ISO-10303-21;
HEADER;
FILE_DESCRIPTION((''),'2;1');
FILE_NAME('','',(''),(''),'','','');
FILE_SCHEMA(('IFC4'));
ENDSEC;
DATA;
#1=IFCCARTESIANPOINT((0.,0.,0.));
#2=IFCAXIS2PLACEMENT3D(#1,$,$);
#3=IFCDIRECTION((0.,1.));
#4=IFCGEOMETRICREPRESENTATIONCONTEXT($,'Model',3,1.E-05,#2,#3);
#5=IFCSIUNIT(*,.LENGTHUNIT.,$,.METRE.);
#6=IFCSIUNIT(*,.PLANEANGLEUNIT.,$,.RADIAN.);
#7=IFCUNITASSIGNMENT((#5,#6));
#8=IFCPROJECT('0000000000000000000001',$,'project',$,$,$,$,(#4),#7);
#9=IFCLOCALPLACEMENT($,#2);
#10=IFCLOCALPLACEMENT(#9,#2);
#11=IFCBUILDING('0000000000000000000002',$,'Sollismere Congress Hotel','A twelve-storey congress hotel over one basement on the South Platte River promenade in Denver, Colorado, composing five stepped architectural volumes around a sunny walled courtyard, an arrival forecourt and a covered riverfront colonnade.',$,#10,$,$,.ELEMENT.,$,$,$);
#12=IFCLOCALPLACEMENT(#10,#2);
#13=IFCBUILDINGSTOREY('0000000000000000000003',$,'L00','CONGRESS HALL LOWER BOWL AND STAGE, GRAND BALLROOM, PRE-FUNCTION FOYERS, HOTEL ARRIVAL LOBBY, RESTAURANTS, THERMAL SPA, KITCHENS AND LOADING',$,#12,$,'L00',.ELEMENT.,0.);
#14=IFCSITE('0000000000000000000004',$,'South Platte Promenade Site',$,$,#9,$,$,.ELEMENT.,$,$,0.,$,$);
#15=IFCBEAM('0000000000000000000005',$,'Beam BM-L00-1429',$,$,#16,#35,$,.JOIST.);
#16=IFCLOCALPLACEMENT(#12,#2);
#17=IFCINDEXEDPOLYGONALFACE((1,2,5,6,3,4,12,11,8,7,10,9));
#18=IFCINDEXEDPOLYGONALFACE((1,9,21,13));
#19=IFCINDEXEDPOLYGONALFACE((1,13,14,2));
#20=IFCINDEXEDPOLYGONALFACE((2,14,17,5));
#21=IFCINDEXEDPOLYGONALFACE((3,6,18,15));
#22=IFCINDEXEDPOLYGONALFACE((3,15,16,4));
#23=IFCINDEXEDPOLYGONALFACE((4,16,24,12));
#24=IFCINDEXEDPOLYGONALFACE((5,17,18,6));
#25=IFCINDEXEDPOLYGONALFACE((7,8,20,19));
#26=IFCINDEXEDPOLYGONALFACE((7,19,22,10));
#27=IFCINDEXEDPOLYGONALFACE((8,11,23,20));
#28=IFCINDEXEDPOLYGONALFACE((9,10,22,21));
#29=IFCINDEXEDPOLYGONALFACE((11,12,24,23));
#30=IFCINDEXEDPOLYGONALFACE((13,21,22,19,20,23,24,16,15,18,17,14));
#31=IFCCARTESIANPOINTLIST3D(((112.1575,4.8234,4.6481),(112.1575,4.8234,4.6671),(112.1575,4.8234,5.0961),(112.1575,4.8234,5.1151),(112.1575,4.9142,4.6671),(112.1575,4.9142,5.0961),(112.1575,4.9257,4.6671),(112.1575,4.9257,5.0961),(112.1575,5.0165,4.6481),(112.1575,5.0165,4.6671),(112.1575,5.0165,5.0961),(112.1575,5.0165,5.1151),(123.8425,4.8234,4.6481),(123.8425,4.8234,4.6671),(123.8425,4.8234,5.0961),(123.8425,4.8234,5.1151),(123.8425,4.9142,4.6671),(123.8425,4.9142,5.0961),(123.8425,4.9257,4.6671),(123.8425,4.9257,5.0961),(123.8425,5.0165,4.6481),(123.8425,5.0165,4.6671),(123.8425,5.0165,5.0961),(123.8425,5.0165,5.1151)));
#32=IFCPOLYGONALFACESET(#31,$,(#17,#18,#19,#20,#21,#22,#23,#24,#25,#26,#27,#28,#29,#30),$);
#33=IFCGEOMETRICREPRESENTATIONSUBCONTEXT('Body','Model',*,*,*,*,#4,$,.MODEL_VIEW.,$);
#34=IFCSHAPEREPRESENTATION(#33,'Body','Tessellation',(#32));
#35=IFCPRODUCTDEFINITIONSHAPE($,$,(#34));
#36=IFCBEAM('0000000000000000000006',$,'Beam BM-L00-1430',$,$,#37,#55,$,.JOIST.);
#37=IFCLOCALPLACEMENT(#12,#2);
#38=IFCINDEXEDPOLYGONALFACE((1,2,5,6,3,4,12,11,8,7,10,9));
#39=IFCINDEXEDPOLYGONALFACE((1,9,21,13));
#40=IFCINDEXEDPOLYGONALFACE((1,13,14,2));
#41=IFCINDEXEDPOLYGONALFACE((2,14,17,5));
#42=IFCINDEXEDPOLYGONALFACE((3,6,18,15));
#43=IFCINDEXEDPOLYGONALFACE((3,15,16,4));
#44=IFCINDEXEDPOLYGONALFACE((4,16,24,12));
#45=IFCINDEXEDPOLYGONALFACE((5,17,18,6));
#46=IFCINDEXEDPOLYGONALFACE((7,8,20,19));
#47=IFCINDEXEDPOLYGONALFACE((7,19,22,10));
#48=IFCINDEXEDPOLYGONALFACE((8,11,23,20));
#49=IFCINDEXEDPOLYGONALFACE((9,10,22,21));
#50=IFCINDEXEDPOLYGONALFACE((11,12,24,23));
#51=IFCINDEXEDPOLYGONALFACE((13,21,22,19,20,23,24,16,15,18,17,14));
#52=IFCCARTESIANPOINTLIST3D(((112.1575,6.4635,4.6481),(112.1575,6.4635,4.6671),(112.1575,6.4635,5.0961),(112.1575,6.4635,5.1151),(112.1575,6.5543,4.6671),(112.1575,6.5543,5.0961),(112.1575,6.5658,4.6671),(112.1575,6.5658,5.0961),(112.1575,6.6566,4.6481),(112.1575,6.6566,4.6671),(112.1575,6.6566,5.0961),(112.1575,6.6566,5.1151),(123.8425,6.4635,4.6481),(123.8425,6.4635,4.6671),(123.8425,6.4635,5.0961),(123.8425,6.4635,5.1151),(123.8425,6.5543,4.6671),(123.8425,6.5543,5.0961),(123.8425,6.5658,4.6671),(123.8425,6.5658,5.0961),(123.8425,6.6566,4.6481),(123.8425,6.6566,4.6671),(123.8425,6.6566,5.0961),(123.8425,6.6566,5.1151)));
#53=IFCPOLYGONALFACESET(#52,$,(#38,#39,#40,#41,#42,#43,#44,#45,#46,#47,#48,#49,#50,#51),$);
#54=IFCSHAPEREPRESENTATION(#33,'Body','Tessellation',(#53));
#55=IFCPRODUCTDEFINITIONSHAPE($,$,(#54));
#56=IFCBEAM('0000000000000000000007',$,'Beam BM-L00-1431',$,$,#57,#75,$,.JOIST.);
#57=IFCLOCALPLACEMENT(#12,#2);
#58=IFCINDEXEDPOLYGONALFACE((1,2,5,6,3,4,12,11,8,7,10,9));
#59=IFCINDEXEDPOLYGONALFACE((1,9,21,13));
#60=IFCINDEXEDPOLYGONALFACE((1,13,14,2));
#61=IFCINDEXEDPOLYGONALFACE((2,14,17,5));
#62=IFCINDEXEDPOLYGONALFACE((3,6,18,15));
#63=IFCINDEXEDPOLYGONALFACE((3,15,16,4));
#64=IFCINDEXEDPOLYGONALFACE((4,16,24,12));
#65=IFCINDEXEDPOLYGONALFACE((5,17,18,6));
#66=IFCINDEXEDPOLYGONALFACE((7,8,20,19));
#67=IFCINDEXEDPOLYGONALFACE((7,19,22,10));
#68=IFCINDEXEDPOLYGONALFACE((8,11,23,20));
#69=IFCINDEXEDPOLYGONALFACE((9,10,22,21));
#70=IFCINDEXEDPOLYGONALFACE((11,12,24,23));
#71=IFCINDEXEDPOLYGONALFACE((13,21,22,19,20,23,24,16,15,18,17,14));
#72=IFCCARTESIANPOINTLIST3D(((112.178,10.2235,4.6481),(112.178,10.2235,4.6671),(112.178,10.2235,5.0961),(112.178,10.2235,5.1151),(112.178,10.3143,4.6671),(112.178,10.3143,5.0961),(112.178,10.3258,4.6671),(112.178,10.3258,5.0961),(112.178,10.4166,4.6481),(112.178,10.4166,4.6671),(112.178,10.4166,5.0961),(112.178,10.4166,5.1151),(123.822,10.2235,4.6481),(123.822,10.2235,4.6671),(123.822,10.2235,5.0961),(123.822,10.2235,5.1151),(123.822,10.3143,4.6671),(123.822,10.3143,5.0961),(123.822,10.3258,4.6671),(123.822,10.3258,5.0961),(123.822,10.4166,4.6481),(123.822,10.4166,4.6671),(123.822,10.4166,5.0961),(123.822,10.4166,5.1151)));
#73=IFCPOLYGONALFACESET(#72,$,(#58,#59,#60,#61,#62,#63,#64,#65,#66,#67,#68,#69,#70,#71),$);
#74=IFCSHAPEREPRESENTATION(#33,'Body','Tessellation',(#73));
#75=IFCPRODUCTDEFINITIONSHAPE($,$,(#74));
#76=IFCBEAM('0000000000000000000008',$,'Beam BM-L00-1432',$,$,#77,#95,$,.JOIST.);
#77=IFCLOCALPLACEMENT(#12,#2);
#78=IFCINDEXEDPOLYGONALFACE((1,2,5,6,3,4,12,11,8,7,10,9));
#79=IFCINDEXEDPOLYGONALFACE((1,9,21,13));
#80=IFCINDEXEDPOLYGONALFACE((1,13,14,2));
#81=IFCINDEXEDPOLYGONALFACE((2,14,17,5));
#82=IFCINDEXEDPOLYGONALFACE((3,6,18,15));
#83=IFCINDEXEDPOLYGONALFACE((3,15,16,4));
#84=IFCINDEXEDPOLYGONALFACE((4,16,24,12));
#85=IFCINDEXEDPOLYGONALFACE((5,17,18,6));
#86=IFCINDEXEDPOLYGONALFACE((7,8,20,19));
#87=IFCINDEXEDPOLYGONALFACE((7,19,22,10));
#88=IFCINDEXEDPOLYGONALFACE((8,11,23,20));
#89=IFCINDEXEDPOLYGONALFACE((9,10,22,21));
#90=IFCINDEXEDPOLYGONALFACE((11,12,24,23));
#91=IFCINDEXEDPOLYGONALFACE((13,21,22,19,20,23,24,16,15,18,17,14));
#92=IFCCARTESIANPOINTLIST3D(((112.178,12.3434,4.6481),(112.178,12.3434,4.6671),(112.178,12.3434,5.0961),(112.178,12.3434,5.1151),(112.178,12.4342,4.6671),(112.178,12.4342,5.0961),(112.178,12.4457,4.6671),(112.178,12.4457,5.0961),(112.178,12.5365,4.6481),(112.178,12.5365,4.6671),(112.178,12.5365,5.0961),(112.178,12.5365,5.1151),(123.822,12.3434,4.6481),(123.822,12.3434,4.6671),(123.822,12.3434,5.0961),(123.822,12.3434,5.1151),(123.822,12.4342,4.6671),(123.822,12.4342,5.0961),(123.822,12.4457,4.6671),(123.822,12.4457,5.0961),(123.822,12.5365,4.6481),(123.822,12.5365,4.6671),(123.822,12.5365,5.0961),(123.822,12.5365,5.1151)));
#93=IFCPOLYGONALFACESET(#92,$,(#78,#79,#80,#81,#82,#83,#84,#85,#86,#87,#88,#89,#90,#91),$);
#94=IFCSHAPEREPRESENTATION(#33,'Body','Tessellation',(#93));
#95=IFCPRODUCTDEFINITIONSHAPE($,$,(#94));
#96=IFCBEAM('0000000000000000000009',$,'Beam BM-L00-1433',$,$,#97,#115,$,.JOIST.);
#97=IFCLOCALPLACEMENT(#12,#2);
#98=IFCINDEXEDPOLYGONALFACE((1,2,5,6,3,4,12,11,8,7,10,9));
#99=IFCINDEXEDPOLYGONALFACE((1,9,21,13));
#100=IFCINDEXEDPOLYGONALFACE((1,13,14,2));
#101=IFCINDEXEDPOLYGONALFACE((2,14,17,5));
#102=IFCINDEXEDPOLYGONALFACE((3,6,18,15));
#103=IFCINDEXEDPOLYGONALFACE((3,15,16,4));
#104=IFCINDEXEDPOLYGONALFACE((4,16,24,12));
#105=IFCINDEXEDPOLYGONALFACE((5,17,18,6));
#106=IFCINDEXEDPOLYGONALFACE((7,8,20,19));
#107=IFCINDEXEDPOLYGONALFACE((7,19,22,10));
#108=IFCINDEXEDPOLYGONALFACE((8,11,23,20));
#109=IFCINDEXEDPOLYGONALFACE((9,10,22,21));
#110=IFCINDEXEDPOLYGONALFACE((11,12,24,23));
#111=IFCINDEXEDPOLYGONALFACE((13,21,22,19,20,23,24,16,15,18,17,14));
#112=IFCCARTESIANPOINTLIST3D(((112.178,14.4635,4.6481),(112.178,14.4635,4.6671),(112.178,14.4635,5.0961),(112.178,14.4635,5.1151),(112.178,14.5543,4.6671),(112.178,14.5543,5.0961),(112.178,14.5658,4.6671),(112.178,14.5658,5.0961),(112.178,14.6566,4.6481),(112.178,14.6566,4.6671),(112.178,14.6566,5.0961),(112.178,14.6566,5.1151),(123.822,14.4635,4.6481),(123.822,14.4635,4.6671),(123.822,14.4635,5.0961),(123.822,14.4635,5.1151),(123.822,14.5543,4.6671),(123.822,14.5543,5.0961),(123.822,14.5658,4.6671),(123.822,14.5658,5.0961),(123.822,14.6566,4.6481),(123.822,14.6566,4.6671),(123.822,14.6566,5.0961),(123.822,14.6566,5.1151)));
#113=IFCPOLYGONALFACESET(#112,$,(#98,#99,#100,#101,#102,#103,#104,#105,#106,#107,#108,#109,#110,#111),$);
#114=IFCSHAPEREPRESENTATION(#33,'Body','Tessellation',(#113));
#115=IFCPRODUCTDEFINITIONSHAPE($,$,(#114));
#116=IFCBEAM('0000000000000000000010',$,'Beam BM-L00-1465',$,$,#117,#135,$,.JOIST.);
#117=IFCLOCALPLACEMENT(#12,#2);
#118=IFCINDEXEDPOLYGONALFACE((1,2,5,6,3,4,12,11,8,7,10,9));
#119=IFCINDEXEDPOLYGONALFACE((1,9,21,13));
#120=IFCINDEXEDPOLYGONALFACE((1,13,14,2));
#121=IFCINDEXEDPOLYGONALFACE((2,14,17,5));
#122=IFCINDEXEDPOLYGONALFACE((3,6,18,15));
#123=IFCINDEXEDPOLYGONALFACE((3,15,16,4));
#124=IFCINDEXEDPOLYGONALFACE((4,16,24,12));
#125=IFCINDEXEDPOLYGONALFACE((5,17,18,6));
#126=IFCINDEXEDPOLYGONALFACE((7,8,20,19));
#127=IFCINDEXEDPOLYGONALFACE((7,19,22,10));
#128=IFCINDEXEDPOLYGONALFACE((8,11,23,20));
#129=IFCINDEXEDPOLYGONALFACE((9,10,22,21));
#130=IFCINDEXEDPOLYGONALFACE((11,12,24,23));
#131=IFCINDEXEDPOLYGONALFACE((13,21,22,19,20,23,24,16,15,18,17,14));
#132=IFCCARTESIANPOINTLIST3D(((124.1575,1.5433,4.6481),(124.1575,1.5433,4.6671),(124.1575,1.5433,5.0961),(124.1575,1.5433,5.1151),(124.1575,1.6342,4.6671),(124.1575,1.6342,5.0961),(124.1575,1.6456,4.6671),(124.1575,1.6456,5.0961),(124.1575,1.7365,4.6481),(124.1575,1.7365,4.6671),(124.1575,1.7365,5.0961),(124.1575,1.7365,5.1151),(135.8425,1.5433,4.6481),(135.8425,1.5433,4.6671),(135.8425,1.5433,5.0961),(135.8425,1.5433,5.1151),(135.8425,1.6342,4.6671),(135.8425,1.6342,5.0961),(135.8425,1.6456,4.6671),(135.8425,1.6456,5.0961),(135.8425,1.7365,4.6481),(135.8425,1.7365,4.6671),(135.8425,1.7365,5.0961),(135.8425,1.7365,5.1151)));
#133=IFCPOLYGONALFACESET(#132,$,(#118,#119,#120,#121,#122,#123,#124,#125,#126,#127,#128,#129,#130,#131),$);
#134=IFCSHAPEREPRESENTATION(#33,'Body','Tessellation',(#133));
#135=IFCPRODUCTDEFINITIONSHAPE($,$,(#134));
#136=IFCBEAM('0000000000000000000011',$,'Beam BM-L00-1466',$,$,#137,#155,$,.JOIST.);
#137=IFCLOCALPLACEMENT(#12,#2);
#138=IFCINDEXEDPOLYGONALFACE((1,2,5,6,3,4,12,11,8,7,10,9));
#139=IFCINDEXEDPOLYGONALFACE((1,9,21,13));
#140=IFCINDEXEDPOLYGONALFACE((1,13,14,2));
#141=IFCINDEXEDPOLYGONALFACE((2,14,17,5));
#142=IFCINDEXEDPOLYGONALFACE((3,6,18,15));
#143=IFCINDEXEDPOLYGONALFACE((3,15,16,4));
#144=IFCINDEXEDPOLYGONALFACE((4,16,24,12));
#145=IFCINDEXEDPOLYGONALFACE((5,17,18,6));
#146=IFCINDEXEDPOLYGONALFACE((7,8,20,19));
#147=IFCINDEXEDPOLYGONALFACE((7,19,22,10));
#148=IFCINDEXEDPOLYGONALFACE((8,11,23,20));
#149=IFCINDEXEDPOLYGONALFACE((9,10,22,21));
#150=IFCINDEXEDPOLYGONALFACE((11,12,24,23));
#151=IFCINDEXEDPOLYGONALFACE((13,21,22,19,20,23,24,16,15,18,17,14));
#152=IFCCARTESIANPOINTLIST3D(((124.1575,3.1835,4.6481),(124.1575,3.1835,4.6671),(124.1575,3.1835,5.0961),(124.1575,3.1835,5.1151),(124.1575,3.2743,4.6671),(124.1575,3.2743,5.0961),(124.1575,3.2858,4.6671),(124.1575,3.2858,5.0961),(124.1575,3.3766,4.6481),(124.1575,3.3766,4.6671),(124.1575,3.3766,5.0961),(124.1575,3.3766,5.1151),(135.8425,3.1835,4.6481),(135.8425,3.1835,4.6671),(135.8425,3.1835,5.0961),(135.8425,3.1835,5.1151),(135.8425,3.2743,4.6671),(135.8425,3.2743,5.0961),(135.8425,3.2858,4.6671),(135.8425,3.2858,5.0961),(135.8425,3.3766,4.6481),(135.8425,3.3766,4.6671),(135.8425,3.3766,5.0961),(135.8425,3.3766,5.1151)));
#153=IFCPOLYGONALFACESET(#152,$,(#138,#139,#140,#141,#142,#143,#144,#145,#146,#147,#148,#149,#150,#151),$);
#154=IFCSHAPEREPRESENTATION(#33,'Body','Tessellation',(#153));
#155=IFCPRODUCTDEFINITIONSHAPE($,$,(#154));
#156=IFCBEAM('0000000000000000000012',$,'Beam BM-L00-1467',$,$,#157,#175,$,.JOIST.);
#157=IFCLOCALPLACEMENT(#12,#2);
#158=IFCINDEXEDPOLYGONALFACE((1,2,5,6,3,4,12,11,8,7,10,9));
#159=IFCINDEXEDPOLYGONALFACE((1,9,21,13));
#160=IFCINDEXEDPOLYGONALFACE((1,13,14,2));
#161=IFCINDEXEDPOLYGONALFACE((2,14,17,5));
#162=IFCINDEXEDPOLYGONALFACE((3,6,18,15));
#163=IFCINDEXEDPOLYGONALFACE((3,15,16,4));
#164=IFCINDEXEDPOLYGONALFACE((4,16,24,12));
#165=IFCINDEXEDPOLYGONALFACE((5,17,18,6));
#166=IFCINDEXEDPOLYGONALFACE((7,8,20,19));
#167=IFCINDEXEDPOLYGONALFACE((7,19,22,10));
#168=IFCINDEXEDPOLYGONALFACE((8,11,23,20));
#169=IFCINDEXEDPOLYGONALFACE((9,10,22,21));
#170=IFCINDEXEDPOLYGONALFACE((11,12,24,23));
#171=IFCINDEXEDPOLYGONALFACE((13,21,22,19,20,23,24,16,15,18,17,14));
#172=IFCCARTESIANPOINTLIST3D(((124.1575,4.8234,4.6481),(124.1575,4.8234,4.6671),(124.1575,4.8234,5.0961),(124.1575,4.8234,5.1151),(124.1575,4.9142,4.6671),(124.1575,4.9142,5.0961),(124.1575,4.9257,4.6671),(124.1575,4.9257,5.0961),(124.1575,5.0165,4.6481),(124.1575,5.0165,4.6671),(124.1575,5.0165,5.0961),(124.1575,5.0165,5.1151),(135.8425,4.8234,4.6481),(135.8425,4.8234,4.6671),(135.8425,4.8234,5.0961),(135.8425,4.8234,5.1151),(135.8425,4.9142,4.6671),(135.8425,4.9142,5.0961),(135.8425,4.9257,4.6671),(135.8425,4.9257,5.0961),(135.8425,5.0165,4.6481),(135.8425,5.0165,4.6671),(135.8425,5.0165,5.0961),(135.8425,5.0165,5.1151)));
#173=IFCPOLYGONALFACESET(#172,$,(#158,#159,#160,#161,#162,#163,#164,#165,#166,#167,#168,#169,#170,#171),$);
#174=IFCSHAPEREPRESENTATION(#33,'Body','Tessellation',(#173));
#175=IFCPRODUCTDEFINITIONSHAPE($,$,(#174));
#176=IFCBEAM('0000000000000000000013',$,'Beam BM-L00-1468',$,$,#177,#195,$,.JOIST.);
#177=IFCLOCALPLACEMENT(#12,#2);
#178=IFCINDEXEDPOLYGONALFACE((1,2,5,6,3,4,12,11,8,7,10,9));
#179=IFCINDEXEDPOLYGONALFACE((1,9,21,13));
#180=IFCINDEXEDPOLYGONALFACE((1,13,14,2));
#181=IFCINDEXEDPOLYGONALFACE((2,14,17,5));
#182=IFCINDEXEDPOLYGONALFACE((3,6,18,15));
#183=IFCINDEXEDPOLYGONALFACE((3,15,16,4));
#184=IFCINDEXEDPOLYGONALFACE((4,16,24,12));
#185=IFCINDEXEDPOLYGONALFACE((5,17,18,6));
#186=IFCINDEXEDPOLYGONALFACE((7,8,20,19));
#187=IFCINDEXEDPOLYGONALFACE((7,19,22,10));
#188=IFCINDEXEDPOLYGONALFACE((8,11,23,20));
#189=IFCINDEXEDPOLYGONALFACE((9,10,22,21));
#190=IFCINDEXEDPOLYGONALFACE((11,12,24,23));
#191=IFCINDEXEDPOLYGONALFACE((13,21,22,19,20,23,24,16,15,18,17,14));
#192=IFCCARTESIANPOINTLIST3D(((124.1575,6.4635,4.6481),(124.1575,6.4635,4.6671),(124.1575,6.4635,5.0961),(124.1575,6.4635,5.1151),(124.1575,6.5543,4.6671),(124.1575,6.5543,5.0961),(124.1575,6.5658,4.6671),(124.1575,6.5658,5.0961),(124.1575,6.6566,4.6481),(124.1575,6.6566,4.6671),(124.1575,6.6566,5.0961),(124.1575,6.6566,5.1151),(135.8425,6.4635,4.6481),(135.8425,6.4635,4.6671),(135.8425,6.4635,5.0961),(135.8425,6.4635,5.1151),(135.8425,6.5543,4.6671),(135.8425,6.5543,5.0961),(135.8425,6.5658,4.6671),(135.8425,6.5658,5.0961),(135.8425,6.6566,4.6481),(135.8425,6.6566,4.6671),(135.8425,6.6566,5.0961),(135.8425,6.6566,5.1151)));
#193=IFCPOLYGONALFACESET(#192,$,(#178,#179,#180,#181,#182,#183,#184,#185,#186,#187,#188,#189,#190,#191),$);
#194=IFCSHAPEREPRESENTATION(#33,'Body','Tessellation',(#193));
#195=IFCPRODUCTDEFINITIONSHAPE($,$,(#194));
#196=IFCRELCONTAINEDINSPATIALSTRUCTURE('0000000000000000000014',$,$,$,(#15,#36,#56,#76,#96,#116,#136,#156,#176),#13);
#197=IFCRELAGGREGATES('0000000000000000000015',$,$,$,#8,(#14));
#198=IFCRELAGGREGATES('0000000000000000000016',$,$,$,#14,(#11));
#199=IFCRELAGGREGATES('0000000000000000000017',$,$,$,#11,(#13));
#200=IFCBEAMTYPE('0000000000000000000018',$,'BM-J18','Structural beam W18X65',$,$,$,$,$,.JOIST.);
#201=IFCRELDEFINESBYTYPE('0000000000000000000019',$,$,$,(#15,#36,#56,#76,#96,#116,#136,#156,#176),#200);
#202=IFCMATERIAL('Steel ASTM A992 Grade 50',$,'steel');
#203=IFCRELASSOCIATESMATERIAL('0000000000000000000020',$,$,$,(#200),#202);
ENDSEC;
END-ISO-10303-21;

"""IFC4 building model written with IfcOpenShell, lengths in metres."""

from ifc_helpers import new_model, si_unit, direction, frame, origin, origin_2d, place, context, subcontext, project, spatial, i_section, extrude, material, material_profile, profile_set, type_object, element, save


model = new_model("IFC4")

# Units and contexts
model_context = context("Model", 3, precision=1e-05, world=origin(), true_north=direction((0.0, 1.0)))
body_context = subcontext(model_context, "Body", "Model", "MODEL_VIEW")
ifc_project = project(units=[si_unit("LENGTHUNIT", "METRE"), si_unit("PLANEANGLEUNIT", "RADIAN")], contexts=[model_context])

# Site, building, storey
site_placement = place(None, origin())
site = spatial("IfcSite", under=ifc_project, at=site_placement, Name="South Platte Promenade Site", CompositionType="ELEMENT", RefElevation=0.0)
building_placement = place(site_placement, origin())
building = spatial("IfcBuilding", under=site, at=building_placement, Name="Sollismere Congress Hotel", Description="A twelve-storey congress hotel over one basement on the South Platte River promenade in Denver, Colorado, composing five stepped architectural volumes around a sunny walled courtyard, an arrival forecourt and a covered riverfront colonnade.", CompositionType="ELEMENT")
storey_placement = place(building_placement, origin())
storey = spatial("IfcBuildingStorey", under=building, at=storey_placement, Name="L00", Description="CONGRESS HALL LOWER BOWL AND STAGE, GRAND BALLROOM, PRE-FUNCTION FOYERS, HOTEL ARRIVAL LOBBY, RESTAURANTS, THERMAL SPA, KITCHENS AND LOADING", LongName="L00", CompositionType="ELEMENT", Elevation=0.0)

# Shared definitions
ifc_material_1 = material(Name="Steel ASTM A992 Grade 50", Category="steel")

# Beams
ifc_material_profile_1 = material_profile(ifc_material_1, i_section(OverallWidth=0.1931, OverallDepth=0.467, WebThickness=0.0115, FlangeThickness=0.019, at=origin_2d()), Name="W18X65")
ifc_profile_set_1 = profile_set([ifc_material_profile_1], Name="Steel ASTM A992 Grade 50")
beam_type_1 = type_object("IfcBeamType", Name="BM-J18", Description="Structural beam W18X65", PredefinedType="JOIST", material=ifc_profile_set_1)
for number, where, z_axis, x_axis, name in (
    (1, (112.1575, 4.9199, 4.8816), (1.0, 0.0, 0.0), (0.0, 1.0, 0.0), "Beam BM-L00-1429"),
    (2, (112.1575, 6.5601, 4.8816), (1.0, 0.0, 0.0), (0.0, 1.0, 0.0), "Beam BM-L00-1430"),
):
    element("IfcBeam", number, at=place(storey_placement, frame(where, z_axis=z_axis, x_axis=x_axis)), inside=storey, type_object=beam_type_1, Name=name, PredefinedType="JOIST", context=body_context, shape_type="SweptSolid", body=[
        extrude(i_section(OverallWidth=0.1931, OverallDepth=0.467, WebThickness=0.0115, FlangeThickness=0.019, at=origin_2d()), origin(), (0.0, 0.0, 1.0), 11.6851),
    ])
for number, where, z_axis, x_axis, name in (
    (3, (112.178, 10.3201, 4.8816), (1.0, 0.0, 0.0), (0.0, 1.0, 0.0), "Beam BM-L00-1431"),
    (4, (112.178, 12.4399, 4.8816), (1.0, 0.0, 0.0), (0.0, 1.0, 0.0), "Beam BM-L00-1432"),
    (5, (112.178, 14.5601, 4.8816), (1.0, 0.0, 0.0), (0.0, 1.0, 0.0), "Beam BM-L00-1433"),
):
    element("IfcBeam", number, at=place(storey_placement, frame(where, z_axis=z_axis, x_axis=x_axis)), inside=storey, type_object=beam_type_1, Name=name, PredefinedType="JOIST", context=body_context, shape_type="SweptSolid", body=[
        extrude(i_section(OverallWidth=0.1931, OverallDepth=0.467, WebThickness=0.0115, FlangeThickness=0.019, at=origin_2d()), origin(), (0.0, 0.0, 1.0), 11.644),
    ])
for number, where, z_axis, x_axis, name in (
    (6, (124.1575, 1.6399, 4.8816), (1.0, 0.0, 0.0), (0.0, 1.0, 0.0), "Beam BM-L00-1465"),
    (7, (124.1575, 3.28, 4.8816), (1.0, 0.0, 0.0), (0.0, 1.0, 0.0), "Beam BM-L00-1466"),
    (8, (124.1575, 4.9199, 4.8816), (1.0, 0.0, 0.0), (0.0, 1.0, 0.0), "Beam BM-L00-1467"),
    (9, (124.1575, 6.5601, 4.8816), (1.0, 0.0, 0.0), (0.0, 1.0, 0.0), "Beam BM-L00-1468"),
):
    element("IfcBeam", number, at=place(storey_placement, frame(where, z_axis=z_axis, x_axis=x_axis)), inside=storey, type_object=beam_type_1, Name=name, PredefinedType="JOIST", context=body_context, shape_type="SweptSolid", body=[
        extrude(i_section(OverallWidth=0.1931, OverallDepth=0.467, WebThickness=0.0115, FlangeThickness=0.019, at=origin_2d()), origin(), (0.0, 0.0, 1.0), 11.6851),
    ])

save(model, "model.ifc")
